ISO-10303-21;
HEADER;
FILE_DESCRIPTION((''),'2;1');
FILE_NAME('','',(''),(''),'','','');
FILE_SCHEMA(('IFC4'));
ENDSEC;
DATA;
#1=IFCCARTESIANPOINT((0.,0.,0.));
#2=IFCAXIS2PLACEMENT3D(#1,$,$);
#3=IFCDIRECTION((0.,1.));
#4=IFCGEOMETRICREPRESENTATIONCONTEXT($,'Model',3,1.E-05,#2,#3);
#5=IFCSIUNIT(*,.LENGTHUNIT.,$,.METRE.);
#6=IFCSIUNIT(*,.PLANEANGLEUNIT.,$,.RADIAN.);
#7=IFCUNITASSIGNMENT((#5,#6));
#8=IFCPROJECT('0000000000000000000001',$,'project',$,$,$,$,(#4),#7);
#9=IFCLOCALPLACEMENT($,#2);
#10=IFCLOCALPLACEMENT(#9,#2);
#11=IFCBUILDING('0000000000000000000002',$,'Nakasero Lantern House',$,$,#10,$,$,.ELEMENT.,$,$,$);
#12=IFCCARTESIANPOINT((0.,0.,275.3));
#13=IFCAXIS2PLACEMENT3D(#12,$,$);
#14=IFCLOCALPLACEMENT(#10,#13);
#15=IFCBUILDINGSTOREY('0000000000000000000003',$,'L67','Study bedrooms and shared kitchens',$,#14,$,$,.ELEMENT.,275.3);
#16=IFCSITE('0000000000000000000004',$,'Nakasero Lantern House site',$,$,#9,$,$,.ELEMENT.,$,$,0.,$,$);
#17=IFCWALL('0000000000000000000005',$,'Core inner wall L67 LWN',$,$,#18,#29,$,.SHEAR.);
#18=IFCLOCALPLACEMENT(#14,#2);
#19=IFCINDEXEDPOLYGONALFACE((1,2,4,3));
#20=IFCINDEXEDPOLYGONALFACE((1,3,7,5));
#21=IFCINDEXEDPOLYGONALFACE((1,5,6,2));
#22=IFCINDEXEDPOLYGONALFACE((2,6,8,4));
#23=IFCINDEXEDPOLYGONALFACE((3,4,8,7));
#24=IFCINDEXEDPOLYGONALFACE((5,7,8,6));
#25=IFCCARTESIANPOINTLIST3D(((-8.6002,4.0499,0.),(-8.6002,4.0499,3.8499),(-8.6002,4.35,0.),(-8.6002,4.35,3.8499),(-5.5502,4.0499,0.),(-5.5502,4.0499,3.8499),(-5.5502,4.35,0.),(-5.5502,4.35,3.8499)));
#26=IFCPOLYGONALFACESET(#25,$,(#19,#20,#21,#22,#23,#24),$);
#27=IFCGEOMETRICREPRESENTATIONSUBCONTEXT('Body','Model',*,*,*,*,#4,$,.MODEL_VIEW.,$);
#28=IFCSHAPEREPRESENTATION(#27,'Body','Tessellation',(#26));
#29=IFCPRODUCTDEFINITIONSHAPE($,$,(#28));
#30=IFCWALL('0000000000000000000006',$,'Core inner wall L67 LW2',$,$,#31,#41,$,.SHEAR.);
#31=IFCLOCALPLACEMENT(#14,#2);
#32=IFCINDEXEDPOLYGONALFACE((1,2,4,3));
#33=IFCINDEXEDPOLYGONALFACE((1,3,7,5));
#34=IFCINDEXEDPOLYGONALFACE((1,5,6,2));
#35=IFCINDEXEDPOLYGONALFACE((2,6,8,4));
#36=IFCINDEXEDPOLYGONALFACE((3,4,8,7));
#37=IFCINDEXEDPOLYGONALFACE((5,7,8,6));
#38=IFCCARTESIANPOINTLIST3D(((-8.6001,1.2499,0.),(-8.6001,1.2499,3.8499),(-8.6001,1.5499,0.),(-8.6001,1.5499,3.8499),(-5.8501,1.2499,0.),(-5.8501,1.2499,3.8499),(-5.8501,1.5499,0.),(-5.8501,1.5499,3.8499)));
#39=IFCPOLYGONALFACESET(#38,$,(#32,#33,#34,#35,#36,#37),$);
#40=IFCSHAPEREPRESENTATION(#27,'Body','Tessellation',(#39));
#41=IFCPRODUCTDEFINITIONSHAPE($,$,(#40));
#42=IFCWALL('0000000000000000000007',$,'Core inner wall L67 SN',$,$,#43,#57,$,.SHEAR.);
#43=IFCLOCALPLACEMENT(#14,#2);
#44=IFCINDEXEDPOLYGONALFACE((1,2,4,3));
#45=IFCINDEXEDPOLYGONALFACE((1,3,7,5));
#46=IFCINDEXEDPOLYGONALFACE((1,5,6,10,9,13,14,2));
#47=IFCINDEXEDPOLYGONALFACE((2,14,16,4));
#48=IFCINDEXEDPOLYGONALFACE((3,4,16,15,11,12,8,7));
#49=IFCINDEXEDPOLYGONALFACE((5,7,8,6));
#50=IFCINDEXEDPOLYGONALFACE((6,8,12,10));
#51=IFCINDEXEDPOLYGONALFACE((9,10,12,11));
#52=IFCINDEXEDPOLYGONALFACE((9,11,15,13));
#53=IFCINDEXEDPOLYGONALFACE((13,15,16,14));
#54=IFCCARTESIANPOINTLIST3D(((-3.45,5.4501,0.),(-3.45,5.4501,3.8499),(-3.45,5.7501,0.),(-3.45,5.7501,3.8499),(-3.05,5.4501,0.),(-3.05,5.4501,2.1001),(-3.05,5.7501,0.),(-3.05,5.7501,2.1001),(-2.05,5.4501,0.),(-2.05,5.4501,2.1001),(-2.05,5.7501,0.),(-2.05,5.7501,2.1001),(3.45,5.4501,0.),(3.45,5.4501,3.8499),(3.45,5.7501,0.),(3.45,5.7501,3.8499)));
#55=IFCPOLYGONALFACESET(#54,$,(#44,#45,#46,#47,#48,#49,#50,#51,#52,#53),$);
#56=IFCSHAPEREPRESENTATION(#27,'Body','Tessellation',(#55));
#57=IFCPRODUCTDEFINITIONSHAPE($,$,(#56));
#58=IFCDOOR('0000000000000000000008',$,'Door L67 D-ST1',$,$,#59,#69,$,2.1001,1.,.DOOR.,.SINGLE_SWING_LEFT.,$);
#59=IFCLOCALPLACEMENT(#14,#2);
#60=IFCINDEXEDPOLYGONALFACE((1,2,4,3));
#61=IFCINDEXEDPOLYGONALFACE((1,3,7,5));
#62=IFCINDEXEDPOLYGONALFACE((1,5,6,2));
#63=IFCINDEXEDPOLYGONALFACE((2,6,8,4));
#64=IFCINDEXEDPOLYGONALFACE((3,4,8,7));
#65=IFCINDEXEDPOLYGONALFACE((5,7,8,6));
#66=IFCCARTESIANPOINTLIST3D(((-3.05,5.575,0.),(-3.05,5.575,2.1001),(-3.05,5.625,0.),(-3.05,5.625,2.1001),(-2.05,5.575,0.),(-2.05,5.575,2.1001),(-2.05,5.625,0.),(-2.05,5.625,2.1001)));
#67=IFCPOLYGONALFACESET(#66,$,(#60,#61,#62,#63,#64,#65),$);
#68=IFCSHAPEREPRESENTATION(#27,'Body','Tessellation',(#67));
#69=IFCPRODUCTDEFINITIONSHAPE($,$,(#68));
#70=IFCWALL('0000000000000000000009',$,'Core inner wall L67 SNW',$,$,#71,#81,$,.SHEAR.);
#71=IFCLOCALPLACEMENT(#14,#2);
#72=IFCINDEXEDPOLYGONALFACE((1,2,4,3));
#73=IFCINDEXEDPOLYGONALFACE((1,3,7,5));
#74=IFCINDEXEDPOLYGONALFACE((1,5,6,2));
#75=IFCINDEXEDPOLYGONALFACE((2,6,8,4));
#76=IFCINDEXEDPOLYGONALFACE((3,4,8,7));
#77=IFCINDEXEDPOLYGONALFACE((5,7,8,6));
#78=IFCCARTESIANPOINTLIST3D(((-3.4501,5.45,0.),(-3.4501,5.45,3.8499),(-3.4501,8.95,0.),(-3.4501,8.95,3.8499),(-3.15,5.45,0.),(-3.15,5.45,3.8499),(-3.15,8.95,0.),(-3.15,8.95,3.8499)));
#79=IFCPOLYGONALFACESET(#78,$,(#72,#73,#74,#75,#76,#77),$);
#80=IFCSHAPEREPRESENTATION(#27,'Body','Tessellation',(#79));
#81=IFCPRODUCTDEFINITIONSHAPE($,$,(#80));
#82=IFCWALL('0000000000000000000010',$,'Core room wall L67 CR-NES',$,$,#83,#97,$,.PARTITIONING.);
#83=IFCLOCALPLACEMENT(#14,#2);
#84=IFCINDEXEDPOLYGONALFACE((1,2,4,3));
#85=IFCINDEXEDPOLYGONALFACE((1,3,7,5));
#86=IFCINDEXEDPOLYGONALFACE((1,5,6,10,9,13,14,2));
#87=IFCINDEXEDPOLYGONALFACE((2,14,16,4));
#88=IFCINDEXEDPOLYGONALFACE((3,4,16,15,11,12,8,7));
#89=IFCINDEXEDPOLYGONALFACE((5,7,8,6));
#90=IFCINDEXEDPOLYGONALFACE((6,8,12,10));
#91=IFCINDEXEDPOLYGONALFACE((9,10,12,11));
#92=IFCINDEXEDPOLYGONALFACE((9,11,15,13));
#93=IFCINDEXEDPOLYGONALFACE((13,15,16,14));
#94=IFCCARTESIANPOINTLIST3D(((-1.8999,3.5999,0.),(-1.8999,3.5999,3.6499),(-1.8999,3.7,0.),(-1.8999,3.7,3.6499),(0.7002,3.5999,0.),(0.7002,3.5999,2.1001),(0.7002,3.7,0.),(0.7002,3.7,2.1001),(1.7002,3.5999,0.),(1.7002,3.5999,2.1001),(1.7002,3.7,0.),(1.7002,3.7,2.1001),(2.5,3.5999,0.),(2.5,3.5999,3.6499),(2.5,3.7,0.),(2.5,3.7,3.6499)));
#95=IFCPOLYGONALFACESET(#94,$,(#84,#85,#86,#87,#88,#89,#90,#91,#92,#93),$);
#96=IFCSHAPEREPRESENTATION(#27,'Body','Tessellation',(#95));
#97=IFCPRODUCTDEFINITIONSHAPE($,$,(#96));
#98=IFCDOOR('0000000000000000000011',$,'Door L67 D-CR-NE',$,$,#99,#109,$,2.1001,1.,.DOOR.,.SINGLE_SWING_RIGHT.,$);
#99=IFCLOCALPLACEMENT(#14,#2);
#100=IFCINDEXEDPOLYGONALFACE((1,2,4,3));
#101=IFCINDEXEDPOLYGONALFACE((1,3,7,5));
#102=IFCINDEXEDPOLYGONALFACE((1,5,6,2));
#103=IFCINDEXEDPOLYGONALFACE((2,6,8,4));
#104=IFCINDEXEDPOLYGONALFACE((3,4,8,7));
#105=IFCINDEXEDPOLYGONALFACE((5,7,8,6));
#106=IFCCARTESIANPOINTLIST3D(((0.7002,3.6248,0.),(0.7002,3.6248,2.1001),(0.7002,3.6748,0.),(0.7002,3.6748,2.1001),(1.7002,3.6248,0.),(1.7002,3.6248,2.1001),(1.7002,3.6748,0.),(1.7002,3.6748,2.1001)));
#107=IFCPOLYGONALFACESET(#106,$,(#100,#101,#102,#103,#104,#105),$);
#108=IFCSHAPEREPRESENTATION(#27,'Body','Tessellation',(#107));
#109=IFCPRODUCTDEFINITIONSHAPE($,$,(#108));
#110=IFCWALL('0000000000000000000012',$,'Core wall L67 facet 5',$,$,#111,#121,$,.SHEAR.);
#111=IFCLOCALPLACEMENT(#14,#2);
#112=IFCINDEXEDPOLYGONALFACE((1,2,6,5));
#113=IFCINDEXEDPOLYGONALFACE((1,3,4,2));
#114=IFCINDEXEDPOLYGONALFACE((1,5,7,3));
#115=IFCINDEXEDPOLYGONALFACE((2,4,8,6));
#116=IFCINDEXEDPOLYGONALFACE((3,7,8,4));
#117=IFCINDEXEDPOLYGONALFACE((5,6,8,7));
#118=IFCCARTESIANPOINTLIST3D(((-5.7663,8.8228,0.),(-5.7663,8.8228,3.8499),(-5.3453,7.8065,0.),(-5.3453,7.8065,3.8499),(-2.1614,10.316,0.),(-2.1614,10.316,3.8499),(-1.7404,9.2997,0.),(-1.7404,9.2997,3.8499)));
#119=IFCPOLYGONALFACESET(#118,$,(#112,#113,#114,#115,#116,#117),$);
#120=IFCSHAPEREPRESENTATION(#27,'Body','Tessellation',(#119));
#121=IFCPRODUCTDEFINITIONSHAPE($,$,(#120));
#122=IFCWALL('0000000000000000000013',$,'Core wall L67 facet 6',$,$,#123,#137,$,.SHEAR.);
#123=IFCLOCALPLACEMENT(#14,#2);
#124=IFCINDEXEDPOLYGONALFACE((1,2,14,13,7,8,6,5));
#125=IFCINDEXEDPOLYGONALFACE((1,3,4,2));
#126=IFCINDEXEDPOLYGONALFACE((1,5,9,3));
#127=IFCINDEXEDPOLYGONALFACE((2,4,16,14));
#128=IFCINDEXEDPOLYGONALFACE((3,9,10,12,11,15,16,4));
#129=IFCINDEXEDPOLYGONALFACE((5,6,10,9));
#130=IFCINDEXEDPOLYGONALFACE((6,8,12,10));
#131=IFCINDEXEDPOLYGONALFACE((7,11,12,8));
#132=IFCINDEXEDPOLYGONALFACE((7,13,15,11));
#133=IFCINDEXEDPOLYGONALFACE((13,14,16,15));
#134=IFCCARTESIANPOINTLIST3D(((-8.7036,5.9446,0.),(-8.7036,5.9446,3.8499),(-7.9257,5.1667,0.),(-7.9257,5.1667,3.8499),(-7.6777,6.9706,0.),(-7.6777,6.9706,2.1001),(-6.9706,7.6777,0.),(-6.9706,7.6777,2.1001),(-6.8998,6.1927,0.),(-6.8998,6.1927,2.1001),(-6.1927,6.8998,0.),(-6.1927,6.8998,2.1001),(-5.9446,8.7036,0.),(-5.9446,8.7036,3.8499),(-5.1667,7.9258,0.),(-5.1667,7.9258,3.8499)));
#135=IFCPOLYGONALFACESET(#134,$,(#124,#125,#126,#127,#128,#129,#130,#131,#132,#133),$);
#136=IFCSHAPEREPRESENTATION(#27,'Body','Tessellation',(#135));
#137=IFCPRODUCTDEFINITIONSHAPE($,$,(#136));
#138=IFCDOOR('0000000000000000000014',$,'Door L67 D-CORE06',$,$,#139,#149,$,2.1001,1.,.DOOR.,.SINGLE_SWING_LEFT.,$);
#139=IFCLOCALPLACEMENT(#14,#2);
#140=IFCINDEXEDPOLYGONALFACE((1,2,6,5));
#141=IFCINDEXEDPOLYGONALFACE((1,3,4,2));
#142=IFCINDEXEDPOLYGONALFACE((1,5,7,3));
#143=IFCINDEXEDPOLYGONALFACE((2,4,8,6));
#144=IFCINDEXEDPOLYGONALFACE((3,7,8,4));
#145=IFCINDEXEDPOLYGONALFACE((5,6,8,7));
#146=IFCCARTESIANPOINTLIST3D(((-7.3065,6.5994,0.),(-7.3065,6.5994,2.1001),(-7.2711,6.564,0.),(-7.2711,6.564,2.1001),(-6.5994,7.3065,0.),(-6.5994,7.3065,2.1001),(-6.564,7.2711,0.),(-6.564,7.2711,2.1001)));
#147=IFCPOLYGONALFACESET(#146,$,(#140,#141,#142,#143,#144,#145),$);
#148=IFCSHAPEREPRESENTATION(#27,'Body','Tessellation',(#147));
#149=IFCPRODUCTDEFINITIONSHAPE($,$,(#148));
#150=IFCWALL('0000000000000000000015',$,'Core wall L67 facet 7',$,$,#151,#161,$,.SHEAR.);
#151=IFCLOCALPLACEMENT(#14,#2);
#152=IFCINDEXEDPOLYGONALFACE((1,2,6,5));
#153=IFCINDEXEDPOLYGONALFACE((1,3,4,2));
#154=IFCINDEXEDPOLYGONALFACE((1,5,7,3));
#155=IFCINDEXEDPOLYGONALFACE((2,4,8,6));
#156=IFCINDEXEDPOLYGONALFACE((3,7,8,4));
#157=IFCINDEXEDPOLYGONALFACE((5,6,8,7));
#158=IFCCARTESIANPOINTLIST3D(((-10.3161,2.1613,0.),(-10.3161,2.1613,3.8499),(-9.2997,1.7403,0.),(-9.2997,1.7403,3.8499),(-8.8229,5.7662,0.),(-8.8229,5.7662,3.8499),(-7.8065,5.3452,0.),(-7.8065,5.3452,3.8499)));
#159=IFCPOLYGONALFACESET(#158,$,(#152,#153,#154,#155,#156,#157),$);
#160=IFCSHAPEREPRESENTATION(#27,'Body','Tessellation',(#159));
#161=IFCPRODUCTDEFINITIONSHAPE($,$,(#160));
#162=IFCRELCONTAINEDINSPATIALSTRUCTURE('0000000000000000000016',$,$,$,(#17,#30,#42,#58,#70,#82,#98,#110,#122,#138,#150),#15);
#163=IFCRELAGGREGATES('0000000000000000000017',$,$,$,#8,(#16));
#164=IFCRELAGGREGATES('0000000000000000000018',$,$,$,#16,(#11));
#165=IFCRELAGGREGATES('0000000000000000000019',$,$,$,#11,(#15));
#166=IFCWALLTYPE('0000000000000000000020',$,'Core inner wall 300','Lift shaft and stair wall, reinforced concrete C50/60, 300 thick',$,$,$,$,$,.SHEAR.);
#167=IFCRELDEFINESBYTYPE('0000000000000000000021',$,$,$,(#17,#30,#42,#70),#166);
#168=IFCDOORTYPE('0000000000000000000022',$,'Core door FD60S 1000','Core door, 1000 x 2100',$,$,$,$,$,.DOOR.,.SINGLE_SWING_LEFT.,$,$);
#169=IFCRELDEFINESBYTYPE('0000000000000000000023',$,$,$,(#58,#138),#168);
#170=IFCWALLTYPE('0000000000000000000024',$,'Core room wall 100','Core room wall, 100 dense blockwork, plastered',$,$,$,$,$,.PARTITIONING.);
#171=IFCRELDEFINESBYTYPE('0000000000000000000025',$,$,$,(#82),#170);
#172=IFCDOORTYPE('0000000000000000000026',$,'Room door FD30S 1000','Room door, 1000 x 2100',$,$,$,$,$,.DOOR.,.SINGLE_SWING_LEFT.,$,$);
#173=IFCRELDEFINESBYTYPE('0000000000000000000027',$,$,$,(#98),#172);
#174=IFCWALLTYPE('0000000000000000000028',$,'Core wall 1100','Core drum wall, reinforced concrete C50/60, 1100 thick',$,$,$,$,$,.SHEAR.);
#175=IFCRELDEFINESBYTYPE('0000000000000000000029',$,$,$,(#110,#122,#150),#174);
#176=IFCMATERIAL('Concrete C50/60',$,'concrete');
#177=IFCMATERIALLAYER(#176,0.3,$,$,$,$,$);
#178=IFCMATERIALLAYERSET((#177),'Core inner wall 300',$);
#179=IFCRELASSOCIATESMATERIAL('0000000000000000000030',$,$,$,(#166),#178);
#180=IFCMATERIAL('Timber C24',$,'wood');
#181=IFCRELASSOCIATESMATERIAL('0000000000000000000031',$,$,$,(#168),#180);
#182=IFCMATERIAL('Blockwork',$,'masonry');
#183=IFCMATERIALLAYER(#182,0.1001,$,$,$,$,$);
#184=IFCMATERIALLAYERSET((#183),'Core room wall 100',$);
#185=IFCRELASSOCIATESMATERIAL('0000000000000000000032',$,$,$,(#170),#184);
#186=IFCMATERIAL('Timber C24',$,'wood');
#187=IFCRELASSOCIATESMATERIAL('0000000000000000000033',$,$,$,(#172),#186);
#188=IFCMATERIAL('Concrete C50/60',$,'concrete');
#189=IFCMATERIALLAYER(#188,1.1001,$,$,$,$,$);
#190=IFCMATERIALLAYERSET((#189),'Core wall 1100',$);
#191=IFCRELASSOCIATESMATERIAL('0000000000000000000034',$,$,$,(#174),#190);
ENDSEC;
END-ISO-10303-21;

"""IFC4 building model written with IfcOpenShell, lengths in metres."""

from ifc_helpers import new_model, si_unit, direction, frame, frame_2d, origin, place, context, subcontext, project, spatial, rectangle, extrude, material, layer, layer_set, type_object, element, fill, save


model = new_model("IFC4")

# Units and contexts
model_context = context("Model", 3, precision=1e-05, world=origin(), true_north=direction((0.0, 1.0)))
body_context = subcontext(model_context, "Body", "Model", "MODEL_VIEW")
ifc_project = project(units=[si_unit("LENGTHUNIT", "METRE"), si_unit("PLANEANGLEUNIT", "RADIAN")], contexts=[model_context])

# Site, building, storey
site_placement = place(None, origin())
site = spatial("IfcSite", under=ifc_project, at=site_placement, Name="Nakasero Lantern House site", CompositionType="ELEMENT", RefElevation=0.0)
building_placement = place(site_placement, origin())
building = spatial("IfcBuilding", under=site, at=building_placement, Name="Nakasero Lantern House", CompositionType="ELEMENT")
storey_placement = place(building_placement, frame((0.0, 0.0, 275.3)))
storey = spatial("IfcBuildingStorey", under=building, at=storey_placement, Name="L67", Description="Study bedrooms and shared kitchens", CompositionType="ELEMENT", Elevation=275.3)

# Walls
ifc_material_1 = material(Name="Concrete C50/60", Category="concrete")
ifc_layer_1 = layer(ifc_material_1, 0.3)
ifc_layer_set_1 = layer_set([ifc_layer_1], Name="Core inner wall 300")
wall_type_1 = type_object("IfcWallType", Name="Core inner wall 300", Description="Lift shaft and stair wall, reinforced concrete C50/60, 300 thick", PredefinedType="SHEAR", material=ifc_layer_set_1)
wall_1_placement = place(storey_placement, frame((-8.6001, 4.2, 0.0), z_axis=(0.0, 0.0, 1.0), x_axis=(1.0, 0.0, 0.0)))
element("IfcWall", 1, at=wall_1_placement, inside=storey, type_object=wall_type_1, Name="Core inner wall L67 LWN", PredefinedType="SHEAR", context=body_context, shape_type="SweptSolid", body=[
    extrude(rectangle(XDim=3.05, YDim=0.3, at=frame_2d((1.5249, 0.0))), origin(), (0.0, 0.0, 1.0), 3.8499),
])
wall_2_placement = place(storey_placement, frame((-8.6001, 1.3999, 0.0), z_axis=(0.0, 0.0, 1.0), x_axis=(1.0, 0.0, 0.0)))
element("IfcWall", 2, at=wall_2_placement, inside=storey, type_object=wall_type_1, Name="Core inner wall L67 LW2", PredefinedType="SHEAR", context=body_context, shape_type="SweptSolid", body=[
    extrude(rectangle(XDim=2.75, YDim=0.3, at=frame_2d((1.375, 0.0))), origin(), (0.0, 0.0, 1.0), 3.8499),
])

# Wall, opening, door
wall_3_placement = place(storey_placement, frame((-3.45, 5.6001, 0.0), z_axis=(0.0, 0.0, 1.0), x_axis=(1.0, 0.0, 0.0)))
wall_3 = element("IfcWall", 3, at=wall_3_placement, inside=storey, type_object=wall_type_1, Name="Core inner wall L67 SN", PredefinedType="SHEAR", context=body_context, shape_type="SweptSolid", body=[
    extrude(rectangle(XDim=6.8999, YDim=0.3, at=frame_2d((3.45, 0.0))), origin(), (0.0, 0.0, 1.0), 3.8499),
])
opening_1_placement = place(wall_3_placement, frame((0.3999, 0.0, 0.0)))
opening_1 = element("IfcOpeningElement", 4, at=opening_1_placement, cuts=wall_3, PredefinedType="OPENING", context=body_context, shape_type="SweptSolid", body=[
    extrude(rectangle(XDim=1.0, YDim=2.1001, at=frame_2d((0.5, 1.05))), frame((0.0, 0.1699, 0.0), z_axis=(0.0, -1.0, 0.0), x_axis=(1.0, 0.0, 0.0)), (0.0, 0.0, 1.0), 0.3401),
])
ifc_material_2 = material(Name="Timber C24", Category="wood")
door_type_1 = type_object("IfcDoorType", Name="Core door FD60S 1000", Description="Core door, 1000 x 2100", OperationType="SINGLE_SWING_LEFT", PredefinedType="DOOR", material=ifc_material_2)
door_1_placement = place(opening_1_placement, origin())
door_1 = element("IfcDoor", 5, at=door_1_placement, inside=storey, type_object=door_type_1, Name="Door L67 D-ST1", OperationType="SINGLE_SWING_LEFT", OverallHeight=2.1001, OverallWidth=1.0, PredefinedType="DOOR", context=body_context, shape_type="SweptSolid", body=[
    extrude(rectangle(XDim=1.0, YDim=2.1001, at=frame_2d((0.5, 1.05))), frame((0.0, 0.0249, 0.0), z_axis=(0.0, -1.0, 0.0), x_axis=(1.0, 0.0, 0.0)), (0.0, 0.0, 1.0), 0.05),
])
fill(opening_1, door_1)

# Wall
wall_4_placement = place(storey_placement, frame((-3.3, 5.45, 0.0), z_axis=(0.0, 0.0, 1.0), x_axis=(0.0, 1.0, 0.0)))
element("IfcWall", 6, at=wall_4_placement, inside=storey, type_object=wall_type_1, Name="Core inner wall L67 SNW", PredefinedType="SHEAR", context=body_context, shape_type="SweptSolid", body=[
    extrude(rectangle(XDim=3.5, YDim=0.3, at=frame_2d((1.75, 0.0))), origin(), (0.0, 0.0, 1.0), 3.8499),
])

# Wall, opening, door
ifc_material_3 = material(Name="Blockwork", Category="masonry")
ifc_layer_2 = layer(ifc_material_3, 0.1001)
ifc_layer_set_2 = layer_set([ifc_layer_2], Name="Core room wall 100")
wall_type_2 = type_object("IfcWallType", Name="Core room wall 100", Description="Core room wall, 100 dense blockwork, plastered", PredefinedType="PARTITIONING", material=ifc_layer_set_2)
wall_5_placement = place(storey_placement, frame((-1.8999, 3.6499, 0.0), z_axis=(0.0, 0.0, 1.0), x_axis=(1.0, 0.0, 0.0)))
wall_5 = element("IfcWall", 7, at=wall_5_placement, inside=storey, type_object=wall_type_2, Name="Core room wall L67 CR-NES", PredefinedType="PARTITIONING", context=body_context, shape_type="SweptSolid", body=[
    extrude(rectangle(XDim=4.3999, YDim=0.1001, at=frame_2d((2.2, 0.0))), origin(), (0.0, 0.0, 1.0), 3.6499),
])
opening_2_placement = place(wall_5_placement, frame((2.6001, 0.0, 0.0)))
opening_2 = element("IfcOpeningElement", 8, at=opening_2_placement, cuts=wall_5, PredefinedType="OPENING", context=body_context, shape_type="SweptSolid", body=[
    extrude(rectangle(XDim=1.0, YDim=2.1001, at=frame_2d((0.5, 1.05))), frame((0.0, 0.0701, 0.0), z_axis=(0.0, -1.0, 0.0), x_axis=(1.0, 0.0, 0.0)), (0.0, 0.0, 1.0), 0.1401),
])
ifc_material_4 = material(Name="Timber C24", Category="wood")
door_type_2 = type_object("IfcDoorType", Name="Room door FD30S 1000", Description="Room door, 1000 x 2100", OperationType="SINGLE_SWING_LEFT", PredefinedType="DOOR", material=ifc_material_4)
door_2_placement = place(opening_2_placement, origin())
door_2 = element("IfcDoor", 9, at=door_2_placement, inside=storey, type_object=door_type_2, Name="Door L67 D-CR-NE", OperationType="SINGLE_SWING_RIGHT", OverallHeight=2.1001, OverallWidth=1.0, PredefinedType="DOOR", context=body_context, shape_type="SweptSolid", body=[
    extrude(rectangle(XDim=1.0, YDim=2.1001, at=frame_2d((0.5, 1.05))), frame((0.0, 0.0249, 0.0), z_axis=(0.0, -1.0, 0.0), x_axis=(1.0, 0.0, 0.0)), (0.0, 0.0, 1.0), 0.05),
])
fill(opening_2, door_2)

# Wall
ifc_material_5 = material(Name="Concrete C50/60", Category="concrete")
ifc_layer_3 = layer(ifc_material_5, 1.1001)
ifc_layer_set_3 = layer_set([ifc_layer_3], Name="Core wall 1100")
wall_type_3 = type_object("IfcWallType", Name="Core wall 1100", Description="Core drum wall, reinforced concrete C50/60, 1100 thick", PredefinedType="SHEAR", material=ifc_layer_set_3)
wall_6_placement = place(storey_placement, frame((-1.9509, 9.8079, 0.0), z_axis=(0.0, 0.0, 1.0), x_axis=(-0.923877, -0.382691, 0.0)))
element("IfcWall", 10, at=wall_6_placement, inside=storey, type_object=wall_type_3, Name="Core wall L67 facet 5", PredefinedType="SHEAR", context=body_context, shape_type="SweptSolid", body=[
    extrude(rectangle(XDim=3.9019, YDim=1.1001, at=frame_2d((1.9509, 0.0))), origin(), (0.0, 0.0, 1.0), 3.8499),
])

# Wall, opening, door
wall_7_placement = place(storey_placement, frame((-5.5557, 8.3147, 0.0), z_axis=(0.0, 0.0, 1.0), x_axis=(-0.707107, -0.707107, 0.0)))
wall_7 = element("IfcWall", 11, at=wall_7_placement, inside=storey, type_object=wall_type_3, Name="Core wall L67 facet 6", PredefinedType="SHEAR", context=body_context, shape_type="SweptSolid", body=[
    extrude(rectangle(XDim=3.9019, YDim=1.1001, at=frame_2d((1.9509, 0.0))), origin(), (0.0, 0.0, 1.0), 3.8499),
])
opening_3_placement = place(wall_7_placement, frame((1.4509, 0.0, 0.0)))
opening_3 = element("IfcOpeningElement", 12, at=opening_3_placement, cuts=wall_7, PredefinedType="OPENING", context=body_context, shape_type="SweptSolid", body=[
    extrude(rectangle(XDim=1.0, YDim=2.1001, at=frame_2d((0.5, 1.05))), frame((0.0, 0.5701, 0.0), z_axis=(0.0, -1.0, 0.0), x_axis=(1.0, 0.0, 0.0)), (0.0, 0.0, 1.0), 1.1401),
])
door_3_placement = place(opening_3_placement, origin())
door_3 = element("IfcDoor", 13, at=door_3_placement, inside=storey, type_object=door_type_1, Name="Door L67 D-CORE06", OperationType="SINGLE_SWING_LEFT", OverallHeight=2.1001, OverallWidth=1.0, PredefinedType="DOOR", context=body_context, shape_type="SweptSolid", body=[
    extrude(rectangle(XDim=1.0, YDim=2.1001, at=frame_2d((0.5, 1.05))), frame((0.0, 0.0249, 0.0), z_axis=(0.0, -1.0, 0.0), x_axis=(1.0, 0.0, 0.0)), (0.0, 0.0, 1.0), 0.05),
])
fill(opening_3, door_3)

# Wall
wall_8_placement = place(storey_placement, frame((-8.3147, 5.5557, 0.0), z_axis=(0.0, 0.0, 1.0), x_axis=(-0.382691, -0.923877, 0.0)))
element("IfcWall", 14, at=wall_8_placement, inside=storey, type_object=wall_type_3, Name="Core wall L67 facet 7", PredefinedType="SHEAR", context=body_context, shape_type="SweptSolid", body=[
    extrude(rectangle(XDim=3.9019, YDim=1.1001, at=frame_2d((1.9509, 0.0))), origin(), (0.0, 0.0, 1.0), 3.8499),
])

save(model, "model.ifc")
